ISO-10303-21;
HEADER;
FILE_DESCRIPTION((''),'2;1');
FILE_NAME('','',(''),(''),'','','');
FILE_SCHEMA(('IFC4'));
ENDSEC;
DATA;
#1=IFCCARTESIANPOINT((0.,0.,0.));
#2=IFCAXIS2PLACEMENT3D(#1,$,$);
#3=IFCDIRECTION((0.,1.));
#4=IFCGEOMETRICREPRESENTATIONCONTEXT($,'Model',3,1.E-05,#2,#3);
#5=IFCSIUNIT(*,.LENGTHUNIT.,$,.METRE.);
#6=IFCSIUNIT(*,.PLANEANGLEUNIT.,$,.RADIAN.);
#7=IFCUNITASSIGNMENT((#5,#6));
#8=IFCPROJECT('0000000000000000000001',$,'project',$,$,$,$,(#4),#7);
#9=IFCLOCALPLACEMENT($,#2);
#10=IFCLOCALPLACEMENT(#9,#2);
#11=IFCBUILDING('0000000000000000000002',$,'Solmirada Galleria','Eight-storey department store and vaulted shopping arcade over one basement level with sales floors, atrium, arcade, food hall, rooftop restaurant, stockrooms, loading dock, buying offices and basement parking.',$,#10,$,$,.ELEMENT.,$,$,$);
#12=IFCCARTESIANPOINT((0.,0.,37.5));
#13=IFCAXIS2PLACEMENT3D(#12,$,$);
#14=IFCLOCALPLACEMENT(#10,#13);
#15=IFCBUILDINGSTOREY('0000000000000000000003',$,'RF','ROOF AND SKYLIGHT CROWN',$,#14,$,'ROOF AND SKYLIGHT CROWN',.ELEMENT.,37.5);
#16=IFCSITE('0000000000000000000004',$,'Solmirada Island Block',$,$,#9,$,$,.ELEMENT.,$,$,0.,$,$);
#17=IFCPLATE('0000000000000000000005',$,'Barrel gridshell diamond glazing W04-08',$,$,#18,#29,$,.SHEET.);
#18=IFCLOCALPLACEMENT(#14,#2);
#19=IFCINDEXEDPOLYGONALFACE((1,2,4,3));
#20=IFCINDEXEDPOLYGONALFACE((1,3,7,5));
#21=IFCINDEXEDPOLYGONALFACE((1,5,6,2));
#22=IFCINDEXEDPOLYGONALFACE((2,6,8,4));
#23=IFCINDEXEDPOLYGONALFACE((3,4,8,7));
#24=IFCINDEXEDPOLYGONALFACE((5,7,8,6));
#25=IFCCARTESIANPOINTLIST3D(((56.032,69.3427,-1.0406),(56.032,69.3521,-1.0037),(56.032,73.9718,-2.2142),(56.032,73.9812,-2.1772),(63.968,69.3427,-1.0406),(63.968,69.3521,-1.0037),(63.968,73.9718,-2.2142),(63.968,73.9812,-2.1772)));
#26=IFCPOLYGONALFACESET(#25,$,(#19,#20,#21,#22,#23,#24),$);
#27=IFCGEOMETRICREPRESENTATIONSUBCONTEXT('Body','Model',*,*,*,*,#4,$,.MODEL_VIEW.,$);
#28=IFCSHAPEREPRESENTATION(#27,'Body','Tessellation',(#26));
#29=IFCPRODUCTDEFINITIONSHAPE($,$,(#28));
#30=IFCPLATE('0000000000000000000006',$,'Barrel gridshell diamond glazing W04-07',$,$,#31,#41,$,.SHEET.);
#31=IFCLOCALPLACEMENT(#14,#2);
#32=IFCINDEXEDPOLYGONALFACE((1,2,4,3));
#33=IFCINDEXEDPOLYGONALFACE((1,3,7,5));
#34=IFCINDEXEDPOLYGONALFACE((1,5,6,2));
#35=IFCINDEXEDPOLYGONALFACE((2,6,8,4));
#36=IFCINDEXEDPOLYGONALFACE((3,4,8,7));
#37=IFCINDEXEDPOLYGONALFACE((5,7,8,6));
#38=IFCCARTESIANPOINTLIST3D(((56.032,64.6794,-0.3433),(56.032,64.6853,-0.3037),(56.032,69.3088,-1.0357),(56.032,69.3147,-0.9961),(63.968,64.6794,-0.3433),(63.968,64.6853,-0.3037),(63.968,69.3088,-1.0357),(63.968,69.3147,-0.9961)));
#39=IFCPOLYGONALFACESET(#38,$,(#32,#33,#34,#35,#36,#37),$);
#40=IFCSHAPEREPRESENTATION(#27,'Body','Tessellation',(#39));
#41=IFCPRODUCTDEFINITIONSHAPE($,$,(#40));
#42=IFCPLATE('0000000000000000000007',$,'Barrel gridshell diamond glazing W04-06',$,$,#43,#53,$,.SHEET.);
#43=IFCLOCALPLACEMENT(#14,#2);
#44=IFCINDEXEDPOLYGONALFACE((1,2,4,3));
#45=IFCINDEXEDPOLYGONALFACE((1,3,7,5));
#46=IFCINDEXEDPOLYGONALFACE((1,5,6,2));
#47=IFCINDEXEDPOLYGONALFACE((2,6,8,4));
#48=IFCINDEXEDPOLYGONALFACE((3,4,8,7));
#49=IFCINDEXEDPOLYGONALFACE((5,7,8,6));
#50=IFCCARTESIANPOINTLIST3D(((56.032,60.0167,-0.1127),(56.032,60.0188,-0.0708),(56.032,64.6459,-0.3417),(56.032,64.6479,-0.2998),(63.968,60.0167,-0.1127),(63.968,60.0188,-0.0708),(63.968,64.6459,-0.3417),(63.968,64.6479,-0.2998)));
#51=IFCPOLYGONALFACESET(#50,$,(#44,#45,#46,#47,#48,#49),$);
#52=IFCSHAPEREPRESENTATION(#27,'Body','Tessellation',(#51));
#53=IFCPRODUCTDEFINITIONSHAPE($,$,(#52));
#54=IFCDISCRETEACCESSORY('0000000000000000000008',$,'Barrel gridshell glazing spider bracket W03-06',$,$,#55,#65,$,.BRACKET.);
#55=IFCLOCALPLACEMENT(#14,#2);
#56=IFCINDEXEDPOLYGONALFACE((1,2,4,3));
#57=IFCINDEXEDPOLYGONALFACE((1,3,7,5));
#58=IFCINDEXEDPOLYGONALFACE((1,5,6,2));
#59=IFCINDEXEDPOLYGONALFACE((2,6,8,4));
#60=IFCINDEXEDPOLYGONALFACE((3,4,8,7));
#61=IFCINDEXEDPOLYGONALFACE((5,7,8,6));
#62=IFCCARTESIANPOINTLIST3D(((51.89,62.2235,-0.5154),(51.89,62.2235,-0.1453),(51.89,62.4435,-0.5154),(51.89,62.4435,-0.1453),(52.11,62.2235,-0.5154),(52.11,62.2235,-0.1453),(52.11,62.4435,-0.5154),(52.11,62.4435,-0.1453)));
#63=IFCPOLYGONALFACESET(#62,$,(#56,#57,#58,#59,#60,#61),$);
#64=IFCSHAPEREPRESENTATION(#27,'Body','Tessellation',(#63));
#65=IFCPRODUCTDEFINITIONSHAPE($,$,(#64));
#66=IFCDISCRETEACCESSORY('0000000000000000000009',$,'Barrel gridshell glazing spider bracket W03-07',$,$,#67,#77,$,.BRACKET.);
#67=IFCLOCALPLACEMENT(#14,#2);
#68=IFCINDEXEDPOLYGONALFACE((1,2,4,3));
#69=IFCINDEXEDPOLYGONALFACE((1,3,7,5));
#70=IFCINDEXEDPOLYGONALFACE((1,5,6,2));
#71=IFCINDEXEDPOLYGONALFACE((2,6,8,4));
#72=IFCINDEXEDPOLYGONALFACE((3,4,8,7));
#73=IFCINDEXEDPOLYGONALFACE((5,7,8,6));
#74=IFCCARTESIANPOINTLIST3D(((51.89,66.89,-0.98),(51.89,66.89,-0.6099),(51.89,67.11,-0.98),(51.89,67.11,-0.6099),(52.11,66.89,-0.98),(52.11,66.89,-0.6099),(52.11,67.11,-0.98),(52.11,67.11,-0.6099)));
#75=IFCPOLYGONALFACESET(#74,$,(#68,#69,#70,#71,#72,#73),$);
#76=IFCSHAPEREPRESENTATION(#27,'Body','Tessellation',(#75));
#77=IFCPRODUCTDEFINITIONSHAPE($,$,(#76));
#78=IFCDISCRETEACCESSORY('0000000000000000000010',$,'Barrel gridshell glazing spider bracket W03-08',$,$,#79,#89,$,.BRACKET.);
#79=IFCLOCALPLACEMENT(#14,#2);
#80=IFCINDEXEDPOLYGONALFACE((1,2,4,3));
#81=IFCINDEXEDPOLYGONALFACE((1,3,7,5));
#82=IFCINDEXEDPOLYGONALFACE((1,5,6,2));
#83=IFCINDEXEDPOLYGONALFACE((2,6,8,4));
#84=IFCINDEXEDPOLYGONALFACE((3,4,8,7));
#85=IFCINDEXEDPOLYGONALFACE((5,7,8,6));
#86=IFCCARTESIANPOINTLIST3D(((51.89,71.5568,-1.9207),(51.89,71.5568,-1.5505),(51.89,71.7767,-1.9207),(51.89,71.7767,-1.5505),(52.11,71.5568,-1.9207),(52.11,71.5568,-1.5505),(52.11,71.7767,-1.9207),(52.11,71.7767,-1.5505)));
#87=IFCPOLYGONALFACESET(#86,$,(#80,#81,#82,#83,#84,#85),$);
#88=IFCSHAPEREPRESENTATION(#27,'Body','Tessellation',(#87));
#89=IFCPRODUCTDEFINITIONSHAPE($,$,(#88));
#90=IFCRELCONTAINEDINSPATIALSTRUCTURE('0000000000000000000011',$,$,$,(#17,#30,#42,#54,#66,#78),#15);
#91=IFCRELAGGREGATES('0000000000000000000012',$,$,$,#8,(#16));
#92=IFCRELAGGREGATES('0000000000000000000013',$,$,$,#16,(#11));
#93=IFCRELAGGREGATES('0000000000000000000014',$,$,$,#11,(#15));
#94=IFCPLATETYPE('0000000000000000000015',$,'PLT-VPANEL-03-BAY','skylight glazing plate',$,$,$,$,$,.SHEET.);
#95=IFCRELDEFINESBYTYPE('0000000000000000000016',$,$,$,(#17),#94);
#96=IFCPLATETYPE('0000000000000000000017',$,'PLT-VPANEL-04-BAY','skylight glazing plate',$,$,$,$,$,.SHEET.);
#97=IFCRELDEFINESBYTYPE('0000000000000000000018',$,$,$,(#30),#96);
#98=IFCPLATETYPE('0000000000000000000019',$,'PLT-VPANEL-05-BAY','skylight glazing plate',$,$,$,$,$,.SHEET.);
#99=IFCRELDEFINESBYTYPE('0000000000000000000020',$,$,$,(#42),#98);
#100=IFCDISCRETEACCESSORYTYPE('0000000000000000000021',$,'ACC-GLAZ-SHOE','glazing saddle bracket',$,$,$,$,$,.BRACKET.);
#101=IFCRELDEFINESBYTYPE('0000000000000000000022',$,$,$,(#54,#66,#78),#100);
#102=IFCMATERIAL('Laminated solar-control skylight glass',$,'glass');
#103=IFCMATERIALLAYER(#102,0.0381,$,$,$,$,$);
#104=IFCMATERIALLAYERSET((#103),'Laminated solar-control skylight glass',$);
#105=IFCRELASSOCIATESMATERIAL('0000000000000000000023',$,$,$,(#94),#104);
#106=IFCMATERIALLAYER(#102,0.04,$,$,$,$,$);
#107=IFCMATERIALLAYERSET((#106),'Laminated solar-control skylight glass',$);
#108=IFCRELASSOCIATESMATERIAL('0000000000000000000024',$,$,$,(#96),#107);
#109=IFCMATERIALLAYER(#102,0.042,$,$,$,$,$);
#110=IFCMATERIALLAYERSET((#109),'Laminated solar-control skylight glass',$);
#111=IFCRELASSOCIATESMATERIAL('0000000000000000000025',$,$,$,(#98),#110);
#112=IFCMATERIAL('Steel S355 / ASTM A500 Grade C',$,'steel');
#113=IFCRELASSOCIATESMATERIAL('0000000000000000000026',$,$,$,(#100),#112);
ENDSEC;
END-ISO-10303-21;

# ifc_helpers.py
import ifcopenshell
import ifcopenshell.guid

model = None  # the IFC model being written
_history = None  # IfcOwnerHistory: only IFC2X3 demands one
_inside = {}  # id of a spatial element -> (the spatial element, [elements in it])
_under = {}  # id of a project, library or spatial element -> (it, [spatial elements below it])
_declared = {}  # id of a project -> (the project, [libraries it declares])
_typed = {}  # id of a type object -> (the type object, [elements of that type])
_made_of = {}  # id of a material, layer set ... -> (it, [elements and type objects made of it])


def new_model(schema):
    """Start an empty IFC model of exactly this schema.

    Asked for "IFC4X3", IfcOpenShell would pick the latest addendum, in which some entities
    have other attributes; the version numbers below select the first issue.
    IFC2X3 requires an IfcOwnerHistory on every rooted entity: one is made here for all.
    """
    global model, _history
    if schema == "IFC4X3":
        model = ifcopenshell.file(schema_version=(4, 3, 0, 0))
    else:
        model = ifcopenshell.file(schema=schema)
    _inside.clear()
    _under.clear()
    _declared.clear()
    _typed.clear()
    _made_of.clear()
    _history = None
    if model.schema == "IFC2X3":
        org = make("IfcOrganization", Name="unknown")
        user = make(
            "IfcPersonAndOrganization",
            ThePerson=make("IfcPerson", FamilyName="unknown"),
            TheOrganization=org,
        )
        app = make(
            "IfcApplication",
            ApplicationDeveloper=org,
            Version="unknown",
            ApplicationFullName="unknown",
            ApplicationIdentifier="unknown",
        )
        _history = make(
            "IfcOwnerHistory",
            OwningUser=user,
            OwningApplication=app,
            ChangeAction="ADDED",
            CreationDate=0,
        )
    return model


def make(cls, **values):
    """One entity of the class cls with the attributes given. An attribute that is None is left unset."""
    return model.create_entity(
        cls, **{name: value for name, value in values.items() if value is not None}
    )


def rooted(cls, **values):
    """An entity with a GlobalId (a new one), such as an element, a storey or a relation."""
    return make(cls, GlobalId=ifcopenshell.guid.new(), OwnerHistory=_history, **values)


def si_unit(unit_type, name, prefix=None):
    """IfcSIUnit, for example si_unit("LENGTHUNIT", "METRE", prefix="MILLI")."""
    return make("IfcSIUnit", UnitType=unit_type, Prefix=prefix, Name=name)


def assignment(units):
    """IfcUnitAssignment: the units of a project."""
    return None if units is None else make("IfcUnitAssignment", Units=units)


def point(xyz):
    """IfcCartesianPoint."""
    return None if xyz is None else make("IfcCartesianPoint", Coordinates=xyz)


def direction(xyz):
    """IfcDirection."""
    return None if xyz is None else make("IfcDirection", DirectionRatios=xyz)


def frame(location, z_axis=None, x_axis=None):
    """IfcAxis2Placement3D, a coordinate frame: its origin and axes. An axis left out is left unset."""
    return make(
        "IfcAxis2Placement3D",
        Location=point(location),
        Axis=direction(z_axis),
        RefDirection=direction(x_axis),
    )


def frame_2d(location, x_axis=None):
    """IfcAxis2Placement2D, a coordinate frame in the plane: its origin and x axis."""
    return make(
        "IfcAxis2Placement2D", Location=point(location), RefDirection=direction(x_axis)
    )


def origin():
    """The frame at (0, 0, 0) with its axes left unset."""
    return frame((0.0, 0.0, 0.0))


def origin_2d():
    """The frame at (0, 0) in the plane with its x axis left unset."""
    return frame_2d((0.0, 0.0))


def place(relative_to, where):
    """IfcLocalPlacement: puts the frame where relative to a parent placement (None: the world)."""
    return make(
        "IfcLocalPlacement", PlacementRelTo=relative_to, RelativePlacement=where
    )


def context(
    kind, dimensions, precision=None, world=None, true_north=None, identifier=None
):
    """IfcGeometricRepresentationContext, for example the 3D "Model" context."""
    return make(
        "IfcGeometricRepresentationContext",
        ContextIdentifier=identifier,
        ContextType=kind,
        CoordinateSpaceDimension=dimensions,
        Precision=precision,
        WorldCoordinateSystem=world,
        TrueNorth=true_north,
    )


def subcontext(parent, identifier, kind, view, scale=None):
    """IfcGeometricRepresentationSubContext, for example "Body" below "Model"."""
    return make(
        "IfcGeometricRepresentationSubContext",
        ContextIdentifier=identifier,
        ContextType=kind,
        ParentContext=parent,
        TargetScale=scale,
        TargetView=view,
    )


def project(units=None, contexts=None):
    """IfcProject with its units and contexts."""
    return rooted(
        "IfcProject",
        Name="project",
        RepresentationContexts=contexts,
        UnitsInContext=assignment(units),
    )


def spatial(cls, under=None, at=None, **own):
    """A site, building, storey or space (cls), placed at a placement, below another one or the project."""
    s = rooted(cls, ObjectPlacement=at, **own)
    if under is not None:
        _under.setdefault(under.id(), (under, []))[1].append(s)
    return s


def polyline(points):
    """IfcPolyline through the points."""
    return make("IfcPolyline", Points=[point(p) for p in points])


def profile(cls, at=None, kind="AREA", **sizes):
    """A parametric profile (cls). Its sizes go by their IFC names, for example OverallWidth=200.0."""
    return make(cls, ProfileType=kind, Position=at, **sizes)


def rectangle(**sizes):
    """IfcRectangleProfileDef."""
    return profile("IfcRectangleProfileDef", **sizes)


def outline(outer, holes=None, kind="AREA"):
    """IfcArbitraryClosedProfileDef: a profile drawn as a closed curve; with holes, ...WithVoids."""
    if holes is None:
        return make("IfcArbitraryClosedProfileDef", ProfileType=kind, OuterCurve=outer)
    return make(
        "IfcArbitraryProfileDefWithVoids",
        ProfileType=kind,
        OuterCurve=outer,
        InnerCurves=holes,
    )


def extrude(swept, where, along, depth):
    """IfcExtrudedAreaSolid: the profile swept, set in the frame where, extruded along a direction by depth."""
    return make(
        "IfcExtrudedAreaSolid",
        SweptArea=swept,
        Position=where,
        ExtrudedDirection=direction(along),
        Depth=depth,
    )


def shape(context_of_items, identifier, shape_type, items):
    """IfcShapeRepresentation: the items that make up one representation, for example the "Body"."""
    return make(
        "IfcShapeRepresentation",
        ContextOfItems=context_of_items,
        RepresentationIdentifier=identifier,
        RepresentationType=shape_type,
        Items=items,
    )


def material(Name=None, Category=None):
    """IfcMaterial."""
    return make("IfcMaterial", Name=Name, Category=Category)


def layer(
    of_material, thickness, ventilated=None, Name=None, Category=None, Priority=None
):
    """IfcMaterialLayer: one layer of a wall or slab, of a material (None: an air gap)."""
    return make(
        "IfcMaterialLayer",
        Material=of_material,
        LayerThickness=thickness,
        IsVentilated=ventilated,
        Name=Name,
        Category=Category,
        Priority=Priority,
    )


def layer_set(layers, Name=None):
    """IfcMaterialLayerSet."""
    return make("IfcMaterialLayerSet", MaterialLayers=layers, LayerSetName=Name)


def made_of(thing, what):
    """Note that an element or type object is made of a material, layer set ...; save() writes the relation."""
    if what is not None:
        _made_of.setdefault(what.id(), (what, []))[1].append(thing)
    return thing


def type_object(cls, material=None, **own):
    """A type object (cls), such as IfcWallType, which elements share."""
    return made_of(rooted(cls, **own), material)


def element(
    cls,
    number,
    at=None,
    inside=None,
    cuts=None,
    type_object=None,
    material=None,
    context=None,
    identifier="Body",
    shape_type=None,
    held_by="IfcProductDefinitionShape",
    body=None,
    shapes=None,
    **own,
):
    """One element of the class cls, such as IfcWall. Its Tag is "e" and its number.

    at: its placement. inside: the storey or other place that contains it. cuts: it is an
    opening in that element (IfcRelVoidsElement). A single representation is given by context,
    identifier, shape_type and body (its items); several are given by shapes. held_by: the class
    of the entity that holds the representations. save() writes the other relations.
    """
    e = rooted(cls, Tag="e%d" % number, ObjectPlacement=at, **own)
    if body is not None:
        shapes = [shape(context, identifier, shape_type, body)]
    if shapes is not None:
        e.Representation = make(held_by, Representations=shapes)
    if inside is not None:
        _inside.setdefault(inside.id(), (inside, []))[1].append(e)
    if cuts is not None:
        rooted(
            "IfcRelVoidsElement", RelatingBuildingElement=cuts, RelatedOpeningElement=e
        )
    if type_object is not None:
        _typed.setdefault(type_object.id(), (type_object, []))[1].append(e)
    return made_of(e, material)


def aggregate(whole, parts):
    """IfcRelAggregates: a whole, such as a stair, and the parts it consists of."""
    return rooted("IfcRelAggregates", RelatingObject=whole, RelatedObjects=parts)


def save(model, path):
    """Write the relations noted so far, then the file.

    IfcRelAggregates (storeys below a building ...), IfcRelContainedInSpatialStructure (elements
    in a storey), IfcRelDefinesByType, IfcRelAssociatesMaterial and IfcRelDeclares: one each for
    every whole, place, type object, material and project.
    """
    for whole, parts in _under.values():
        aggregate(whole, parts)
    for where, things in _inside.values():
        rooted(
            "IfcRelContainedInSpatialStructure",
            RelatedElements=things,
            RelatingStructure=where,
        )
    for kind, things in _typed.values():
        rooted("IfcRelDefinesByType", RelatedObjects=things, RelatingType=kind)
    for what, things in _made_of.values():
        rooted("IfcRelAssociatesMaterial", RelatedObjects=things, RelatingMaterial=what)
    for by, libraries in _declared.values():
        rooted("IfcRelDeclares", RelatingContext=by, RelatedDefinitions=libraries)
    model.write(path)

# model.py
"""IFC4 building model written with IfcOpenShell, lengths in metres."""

from ifc_helpers import new_model, si_unit, direction, frame, origin, origin_2d, place, context, subcontext, project, spatial, polyline, rectangle, outline, extrude, material, layer, layer_set, type_object, element, save


model = new_model("IFC4")

# Units and contexts
model_context = context("Model", 3, precision=1e-05, world=origin(), true_north=direction((0.0, 1.0)))
body_context = subcontext(model_context, "Body", "Model", "MODEL_VIEW")
ifc_project = project(units=[si_unit("LENGTHUNIT", "METRE"), si_unit("PLANEANGLEUNIT", "RADIAN")], contexts=[model_context])

# Site, building, storey
site_placement = place(None, origin())
site = spatial("IfcSite", under=ifc_project, at=site_placement, Name="Solmirada Island Block", CompositionType="ELEMENT", RefElevation=0.0)
building_placement = place(site_placement, origin())
building = spatial("IfcBuilding", under=site, at=building_placement, Name="Solmirada Galleria", Description="Eight-storey department store and vaulted shopping arcade over one basement level with sales floors, atrium, arcade, food hall, rooftop restaurant, stockrooms, loading dock, buying offices and basement parking.", CompositionType="ELEMENT")
storey_placement = place(building_placement, frame((0.0, 0.0, 37.5)))
storey = spatial("IfcBuildingStorey", under=building, at=storey_placement, Name="RF", Description="ROOF AND SKYLIGHT CROWN", LongName="ROOF AND SKYLIGHT CROWN", CompositionType="ELEMENT", Elevation=37.5)

# Shared definitions
ifc_material_1 = material(Name="Steel S355 / ASTM A500 Grade C", Category="steel")

# Plates
ifc_material_2 = material(Name="Laminated solar-control skylight glass", Category="glass")
ifc_layer_1 = layer(ifc_material_2, 0.0381)
ifc_layer_set_1 = layer_set([ifc_layer_1], Name="Laminated solar-control skylight glass")
plate_type_1 = type_object("IfcPlateType", Name="PLT-VPANEL-03-BAY", Description="skylight glazing plate", PredefinedType="SHEET", material=ifc_layer_set_1)
plate_1_placement = place(storey_placement, frame((56.032, 69.3521, -1.0037), z_axis=(0.0, 0.245746, 0.969334), x_axis=(1.0, 0.0, 0.0)))
element("IfcPlate", 1, at=plate_1_placement, inside=storey, type_object=plate_type_1, Name="Barrel gridshell diamond glazing W04-08", PredefinedType="SHEET", context=body_context, shape_type="SweptSolid", body=[
    extrude(outline(polyline([(0.0, 0.0), (7.936, 0.0), (7.936, 4.7756), (0.0, 4.7756), (0.0, 0.0)])), origin(), (0.0, 0.0, -1.0), 0.0381),
])
ifc_layer_2 = layer(ifc_material_2, 0.04)
ifc_layer_set_2 = layer_set([ifc_layer_2], Name="Laminated solar-control skylight glass")
plate_type_2 = type_object("IfcPlateType", Name="PLT-VPANEL-04-BAY", Description="skylight glazing plate", PredefinedType="SHEET", material=ifc_layer_set_2)
plate_2_placement = place(storey_placement, frame((56.032, 64.6853, -0.3037), z_axis=(0.0, 0.147917, 0.989), x_axis=(1.0, 0.0, 0.0)))
element("IfcPlate", 2, at=plate_2_placement, inside=storey, type_object=plate_type_2, Name="Barrel gridshell diamond glazing W04-07", PredefinedType="SHEET", context=body_context, shape_type="SweptSolid", body=[
    extrude(outline(polyline([(0.0, 0.0), (7.936, 0.0), (7.936, 4.6809), (0.0, 4.6809), (0.0, 0.0)])), origin(), (0.0, 0.0, -1.0), 0.04),
])
ifc_layer_3 = layer(ifc_material_2, 0.042)
ifc_layer_set_3 = layer_set([ifc_layer_3], Name="Laminated solar-control skylight glass")
plate_type_3 = type_object("IfcPlateType", Name="PLT-VPANEL-05-BAY", Description="skylight glazing plate", PredefinedType="SHEET", material=ifc_layer_set_3)
plate_3_placement = place(storey_placement, frame((56.032, 60.0188, -0.0708), z_axis=(0.0, 0.04941, 0.998779), x_axis=(1.0, 0.0, 0.0)))
element("IfcPlate", 3, at=plate_3_placement, inside=storey, type_object=plate_type_3, Name="Barrel gridshell diamond glazing W04-06", PredefinedType="SHEET", context=body_context, shape_type="SweptSolid", body=[
    extrude(outline(polyline([(0.0, 0.0), (7.936, 0.0), (7.936, 4.6348), (0.0, 4.6348), (0.0, 0.0)])), origin(), (0.0, 0.0, -1.0), 0.042),
])

# Discrete accessories
discrete_accessory_type = type_object("IfcDiscreteAccessoryType", Name="ACC-GLAZ-SHOE", Description="glazing saddle bracket", PredefinedType="BRACKET", material=ifc_material_1)
for number, where, z_axis, x_axis, name in (
    (4, (52.0, 62.3335, -0.5154), (0.0, 0.0, 1.0), (1.0, 0.0, 0.0), "Barrel gridshell glazing spider bracket W03-06"),
    (5, (52.0, 67.0, -0.98), (0.0, 0.0, 1.0), (1.0, 0.0, 0.0), "Barrel gridshell glazing spider bracket W03-07"),
    (6, (52.0, 71.6667, -1.9207), (0.0, 0.0, 1.0), (1.0, 0.0, 0.0), "Barrel gridshell glazing spider bracket W03-08"),
):
    element("IfcDiscreteAccessory", number, at=place(storey_placement, frame(where, z_axis=z_axis, x_axis=x_axis)), inside=storey, type_object=discrete_accessory_type, Name=name, PredefinedType="BRACKET", context=body_context, shape_type="SweptSolid", body=[
        extrude(rectangle(XDim=0.22, YDim=0.22, at=origin_2d()), origin(), (0.0, 0.0, 1.0), 0.3701),
    ])

save(model, "model.ifc")
